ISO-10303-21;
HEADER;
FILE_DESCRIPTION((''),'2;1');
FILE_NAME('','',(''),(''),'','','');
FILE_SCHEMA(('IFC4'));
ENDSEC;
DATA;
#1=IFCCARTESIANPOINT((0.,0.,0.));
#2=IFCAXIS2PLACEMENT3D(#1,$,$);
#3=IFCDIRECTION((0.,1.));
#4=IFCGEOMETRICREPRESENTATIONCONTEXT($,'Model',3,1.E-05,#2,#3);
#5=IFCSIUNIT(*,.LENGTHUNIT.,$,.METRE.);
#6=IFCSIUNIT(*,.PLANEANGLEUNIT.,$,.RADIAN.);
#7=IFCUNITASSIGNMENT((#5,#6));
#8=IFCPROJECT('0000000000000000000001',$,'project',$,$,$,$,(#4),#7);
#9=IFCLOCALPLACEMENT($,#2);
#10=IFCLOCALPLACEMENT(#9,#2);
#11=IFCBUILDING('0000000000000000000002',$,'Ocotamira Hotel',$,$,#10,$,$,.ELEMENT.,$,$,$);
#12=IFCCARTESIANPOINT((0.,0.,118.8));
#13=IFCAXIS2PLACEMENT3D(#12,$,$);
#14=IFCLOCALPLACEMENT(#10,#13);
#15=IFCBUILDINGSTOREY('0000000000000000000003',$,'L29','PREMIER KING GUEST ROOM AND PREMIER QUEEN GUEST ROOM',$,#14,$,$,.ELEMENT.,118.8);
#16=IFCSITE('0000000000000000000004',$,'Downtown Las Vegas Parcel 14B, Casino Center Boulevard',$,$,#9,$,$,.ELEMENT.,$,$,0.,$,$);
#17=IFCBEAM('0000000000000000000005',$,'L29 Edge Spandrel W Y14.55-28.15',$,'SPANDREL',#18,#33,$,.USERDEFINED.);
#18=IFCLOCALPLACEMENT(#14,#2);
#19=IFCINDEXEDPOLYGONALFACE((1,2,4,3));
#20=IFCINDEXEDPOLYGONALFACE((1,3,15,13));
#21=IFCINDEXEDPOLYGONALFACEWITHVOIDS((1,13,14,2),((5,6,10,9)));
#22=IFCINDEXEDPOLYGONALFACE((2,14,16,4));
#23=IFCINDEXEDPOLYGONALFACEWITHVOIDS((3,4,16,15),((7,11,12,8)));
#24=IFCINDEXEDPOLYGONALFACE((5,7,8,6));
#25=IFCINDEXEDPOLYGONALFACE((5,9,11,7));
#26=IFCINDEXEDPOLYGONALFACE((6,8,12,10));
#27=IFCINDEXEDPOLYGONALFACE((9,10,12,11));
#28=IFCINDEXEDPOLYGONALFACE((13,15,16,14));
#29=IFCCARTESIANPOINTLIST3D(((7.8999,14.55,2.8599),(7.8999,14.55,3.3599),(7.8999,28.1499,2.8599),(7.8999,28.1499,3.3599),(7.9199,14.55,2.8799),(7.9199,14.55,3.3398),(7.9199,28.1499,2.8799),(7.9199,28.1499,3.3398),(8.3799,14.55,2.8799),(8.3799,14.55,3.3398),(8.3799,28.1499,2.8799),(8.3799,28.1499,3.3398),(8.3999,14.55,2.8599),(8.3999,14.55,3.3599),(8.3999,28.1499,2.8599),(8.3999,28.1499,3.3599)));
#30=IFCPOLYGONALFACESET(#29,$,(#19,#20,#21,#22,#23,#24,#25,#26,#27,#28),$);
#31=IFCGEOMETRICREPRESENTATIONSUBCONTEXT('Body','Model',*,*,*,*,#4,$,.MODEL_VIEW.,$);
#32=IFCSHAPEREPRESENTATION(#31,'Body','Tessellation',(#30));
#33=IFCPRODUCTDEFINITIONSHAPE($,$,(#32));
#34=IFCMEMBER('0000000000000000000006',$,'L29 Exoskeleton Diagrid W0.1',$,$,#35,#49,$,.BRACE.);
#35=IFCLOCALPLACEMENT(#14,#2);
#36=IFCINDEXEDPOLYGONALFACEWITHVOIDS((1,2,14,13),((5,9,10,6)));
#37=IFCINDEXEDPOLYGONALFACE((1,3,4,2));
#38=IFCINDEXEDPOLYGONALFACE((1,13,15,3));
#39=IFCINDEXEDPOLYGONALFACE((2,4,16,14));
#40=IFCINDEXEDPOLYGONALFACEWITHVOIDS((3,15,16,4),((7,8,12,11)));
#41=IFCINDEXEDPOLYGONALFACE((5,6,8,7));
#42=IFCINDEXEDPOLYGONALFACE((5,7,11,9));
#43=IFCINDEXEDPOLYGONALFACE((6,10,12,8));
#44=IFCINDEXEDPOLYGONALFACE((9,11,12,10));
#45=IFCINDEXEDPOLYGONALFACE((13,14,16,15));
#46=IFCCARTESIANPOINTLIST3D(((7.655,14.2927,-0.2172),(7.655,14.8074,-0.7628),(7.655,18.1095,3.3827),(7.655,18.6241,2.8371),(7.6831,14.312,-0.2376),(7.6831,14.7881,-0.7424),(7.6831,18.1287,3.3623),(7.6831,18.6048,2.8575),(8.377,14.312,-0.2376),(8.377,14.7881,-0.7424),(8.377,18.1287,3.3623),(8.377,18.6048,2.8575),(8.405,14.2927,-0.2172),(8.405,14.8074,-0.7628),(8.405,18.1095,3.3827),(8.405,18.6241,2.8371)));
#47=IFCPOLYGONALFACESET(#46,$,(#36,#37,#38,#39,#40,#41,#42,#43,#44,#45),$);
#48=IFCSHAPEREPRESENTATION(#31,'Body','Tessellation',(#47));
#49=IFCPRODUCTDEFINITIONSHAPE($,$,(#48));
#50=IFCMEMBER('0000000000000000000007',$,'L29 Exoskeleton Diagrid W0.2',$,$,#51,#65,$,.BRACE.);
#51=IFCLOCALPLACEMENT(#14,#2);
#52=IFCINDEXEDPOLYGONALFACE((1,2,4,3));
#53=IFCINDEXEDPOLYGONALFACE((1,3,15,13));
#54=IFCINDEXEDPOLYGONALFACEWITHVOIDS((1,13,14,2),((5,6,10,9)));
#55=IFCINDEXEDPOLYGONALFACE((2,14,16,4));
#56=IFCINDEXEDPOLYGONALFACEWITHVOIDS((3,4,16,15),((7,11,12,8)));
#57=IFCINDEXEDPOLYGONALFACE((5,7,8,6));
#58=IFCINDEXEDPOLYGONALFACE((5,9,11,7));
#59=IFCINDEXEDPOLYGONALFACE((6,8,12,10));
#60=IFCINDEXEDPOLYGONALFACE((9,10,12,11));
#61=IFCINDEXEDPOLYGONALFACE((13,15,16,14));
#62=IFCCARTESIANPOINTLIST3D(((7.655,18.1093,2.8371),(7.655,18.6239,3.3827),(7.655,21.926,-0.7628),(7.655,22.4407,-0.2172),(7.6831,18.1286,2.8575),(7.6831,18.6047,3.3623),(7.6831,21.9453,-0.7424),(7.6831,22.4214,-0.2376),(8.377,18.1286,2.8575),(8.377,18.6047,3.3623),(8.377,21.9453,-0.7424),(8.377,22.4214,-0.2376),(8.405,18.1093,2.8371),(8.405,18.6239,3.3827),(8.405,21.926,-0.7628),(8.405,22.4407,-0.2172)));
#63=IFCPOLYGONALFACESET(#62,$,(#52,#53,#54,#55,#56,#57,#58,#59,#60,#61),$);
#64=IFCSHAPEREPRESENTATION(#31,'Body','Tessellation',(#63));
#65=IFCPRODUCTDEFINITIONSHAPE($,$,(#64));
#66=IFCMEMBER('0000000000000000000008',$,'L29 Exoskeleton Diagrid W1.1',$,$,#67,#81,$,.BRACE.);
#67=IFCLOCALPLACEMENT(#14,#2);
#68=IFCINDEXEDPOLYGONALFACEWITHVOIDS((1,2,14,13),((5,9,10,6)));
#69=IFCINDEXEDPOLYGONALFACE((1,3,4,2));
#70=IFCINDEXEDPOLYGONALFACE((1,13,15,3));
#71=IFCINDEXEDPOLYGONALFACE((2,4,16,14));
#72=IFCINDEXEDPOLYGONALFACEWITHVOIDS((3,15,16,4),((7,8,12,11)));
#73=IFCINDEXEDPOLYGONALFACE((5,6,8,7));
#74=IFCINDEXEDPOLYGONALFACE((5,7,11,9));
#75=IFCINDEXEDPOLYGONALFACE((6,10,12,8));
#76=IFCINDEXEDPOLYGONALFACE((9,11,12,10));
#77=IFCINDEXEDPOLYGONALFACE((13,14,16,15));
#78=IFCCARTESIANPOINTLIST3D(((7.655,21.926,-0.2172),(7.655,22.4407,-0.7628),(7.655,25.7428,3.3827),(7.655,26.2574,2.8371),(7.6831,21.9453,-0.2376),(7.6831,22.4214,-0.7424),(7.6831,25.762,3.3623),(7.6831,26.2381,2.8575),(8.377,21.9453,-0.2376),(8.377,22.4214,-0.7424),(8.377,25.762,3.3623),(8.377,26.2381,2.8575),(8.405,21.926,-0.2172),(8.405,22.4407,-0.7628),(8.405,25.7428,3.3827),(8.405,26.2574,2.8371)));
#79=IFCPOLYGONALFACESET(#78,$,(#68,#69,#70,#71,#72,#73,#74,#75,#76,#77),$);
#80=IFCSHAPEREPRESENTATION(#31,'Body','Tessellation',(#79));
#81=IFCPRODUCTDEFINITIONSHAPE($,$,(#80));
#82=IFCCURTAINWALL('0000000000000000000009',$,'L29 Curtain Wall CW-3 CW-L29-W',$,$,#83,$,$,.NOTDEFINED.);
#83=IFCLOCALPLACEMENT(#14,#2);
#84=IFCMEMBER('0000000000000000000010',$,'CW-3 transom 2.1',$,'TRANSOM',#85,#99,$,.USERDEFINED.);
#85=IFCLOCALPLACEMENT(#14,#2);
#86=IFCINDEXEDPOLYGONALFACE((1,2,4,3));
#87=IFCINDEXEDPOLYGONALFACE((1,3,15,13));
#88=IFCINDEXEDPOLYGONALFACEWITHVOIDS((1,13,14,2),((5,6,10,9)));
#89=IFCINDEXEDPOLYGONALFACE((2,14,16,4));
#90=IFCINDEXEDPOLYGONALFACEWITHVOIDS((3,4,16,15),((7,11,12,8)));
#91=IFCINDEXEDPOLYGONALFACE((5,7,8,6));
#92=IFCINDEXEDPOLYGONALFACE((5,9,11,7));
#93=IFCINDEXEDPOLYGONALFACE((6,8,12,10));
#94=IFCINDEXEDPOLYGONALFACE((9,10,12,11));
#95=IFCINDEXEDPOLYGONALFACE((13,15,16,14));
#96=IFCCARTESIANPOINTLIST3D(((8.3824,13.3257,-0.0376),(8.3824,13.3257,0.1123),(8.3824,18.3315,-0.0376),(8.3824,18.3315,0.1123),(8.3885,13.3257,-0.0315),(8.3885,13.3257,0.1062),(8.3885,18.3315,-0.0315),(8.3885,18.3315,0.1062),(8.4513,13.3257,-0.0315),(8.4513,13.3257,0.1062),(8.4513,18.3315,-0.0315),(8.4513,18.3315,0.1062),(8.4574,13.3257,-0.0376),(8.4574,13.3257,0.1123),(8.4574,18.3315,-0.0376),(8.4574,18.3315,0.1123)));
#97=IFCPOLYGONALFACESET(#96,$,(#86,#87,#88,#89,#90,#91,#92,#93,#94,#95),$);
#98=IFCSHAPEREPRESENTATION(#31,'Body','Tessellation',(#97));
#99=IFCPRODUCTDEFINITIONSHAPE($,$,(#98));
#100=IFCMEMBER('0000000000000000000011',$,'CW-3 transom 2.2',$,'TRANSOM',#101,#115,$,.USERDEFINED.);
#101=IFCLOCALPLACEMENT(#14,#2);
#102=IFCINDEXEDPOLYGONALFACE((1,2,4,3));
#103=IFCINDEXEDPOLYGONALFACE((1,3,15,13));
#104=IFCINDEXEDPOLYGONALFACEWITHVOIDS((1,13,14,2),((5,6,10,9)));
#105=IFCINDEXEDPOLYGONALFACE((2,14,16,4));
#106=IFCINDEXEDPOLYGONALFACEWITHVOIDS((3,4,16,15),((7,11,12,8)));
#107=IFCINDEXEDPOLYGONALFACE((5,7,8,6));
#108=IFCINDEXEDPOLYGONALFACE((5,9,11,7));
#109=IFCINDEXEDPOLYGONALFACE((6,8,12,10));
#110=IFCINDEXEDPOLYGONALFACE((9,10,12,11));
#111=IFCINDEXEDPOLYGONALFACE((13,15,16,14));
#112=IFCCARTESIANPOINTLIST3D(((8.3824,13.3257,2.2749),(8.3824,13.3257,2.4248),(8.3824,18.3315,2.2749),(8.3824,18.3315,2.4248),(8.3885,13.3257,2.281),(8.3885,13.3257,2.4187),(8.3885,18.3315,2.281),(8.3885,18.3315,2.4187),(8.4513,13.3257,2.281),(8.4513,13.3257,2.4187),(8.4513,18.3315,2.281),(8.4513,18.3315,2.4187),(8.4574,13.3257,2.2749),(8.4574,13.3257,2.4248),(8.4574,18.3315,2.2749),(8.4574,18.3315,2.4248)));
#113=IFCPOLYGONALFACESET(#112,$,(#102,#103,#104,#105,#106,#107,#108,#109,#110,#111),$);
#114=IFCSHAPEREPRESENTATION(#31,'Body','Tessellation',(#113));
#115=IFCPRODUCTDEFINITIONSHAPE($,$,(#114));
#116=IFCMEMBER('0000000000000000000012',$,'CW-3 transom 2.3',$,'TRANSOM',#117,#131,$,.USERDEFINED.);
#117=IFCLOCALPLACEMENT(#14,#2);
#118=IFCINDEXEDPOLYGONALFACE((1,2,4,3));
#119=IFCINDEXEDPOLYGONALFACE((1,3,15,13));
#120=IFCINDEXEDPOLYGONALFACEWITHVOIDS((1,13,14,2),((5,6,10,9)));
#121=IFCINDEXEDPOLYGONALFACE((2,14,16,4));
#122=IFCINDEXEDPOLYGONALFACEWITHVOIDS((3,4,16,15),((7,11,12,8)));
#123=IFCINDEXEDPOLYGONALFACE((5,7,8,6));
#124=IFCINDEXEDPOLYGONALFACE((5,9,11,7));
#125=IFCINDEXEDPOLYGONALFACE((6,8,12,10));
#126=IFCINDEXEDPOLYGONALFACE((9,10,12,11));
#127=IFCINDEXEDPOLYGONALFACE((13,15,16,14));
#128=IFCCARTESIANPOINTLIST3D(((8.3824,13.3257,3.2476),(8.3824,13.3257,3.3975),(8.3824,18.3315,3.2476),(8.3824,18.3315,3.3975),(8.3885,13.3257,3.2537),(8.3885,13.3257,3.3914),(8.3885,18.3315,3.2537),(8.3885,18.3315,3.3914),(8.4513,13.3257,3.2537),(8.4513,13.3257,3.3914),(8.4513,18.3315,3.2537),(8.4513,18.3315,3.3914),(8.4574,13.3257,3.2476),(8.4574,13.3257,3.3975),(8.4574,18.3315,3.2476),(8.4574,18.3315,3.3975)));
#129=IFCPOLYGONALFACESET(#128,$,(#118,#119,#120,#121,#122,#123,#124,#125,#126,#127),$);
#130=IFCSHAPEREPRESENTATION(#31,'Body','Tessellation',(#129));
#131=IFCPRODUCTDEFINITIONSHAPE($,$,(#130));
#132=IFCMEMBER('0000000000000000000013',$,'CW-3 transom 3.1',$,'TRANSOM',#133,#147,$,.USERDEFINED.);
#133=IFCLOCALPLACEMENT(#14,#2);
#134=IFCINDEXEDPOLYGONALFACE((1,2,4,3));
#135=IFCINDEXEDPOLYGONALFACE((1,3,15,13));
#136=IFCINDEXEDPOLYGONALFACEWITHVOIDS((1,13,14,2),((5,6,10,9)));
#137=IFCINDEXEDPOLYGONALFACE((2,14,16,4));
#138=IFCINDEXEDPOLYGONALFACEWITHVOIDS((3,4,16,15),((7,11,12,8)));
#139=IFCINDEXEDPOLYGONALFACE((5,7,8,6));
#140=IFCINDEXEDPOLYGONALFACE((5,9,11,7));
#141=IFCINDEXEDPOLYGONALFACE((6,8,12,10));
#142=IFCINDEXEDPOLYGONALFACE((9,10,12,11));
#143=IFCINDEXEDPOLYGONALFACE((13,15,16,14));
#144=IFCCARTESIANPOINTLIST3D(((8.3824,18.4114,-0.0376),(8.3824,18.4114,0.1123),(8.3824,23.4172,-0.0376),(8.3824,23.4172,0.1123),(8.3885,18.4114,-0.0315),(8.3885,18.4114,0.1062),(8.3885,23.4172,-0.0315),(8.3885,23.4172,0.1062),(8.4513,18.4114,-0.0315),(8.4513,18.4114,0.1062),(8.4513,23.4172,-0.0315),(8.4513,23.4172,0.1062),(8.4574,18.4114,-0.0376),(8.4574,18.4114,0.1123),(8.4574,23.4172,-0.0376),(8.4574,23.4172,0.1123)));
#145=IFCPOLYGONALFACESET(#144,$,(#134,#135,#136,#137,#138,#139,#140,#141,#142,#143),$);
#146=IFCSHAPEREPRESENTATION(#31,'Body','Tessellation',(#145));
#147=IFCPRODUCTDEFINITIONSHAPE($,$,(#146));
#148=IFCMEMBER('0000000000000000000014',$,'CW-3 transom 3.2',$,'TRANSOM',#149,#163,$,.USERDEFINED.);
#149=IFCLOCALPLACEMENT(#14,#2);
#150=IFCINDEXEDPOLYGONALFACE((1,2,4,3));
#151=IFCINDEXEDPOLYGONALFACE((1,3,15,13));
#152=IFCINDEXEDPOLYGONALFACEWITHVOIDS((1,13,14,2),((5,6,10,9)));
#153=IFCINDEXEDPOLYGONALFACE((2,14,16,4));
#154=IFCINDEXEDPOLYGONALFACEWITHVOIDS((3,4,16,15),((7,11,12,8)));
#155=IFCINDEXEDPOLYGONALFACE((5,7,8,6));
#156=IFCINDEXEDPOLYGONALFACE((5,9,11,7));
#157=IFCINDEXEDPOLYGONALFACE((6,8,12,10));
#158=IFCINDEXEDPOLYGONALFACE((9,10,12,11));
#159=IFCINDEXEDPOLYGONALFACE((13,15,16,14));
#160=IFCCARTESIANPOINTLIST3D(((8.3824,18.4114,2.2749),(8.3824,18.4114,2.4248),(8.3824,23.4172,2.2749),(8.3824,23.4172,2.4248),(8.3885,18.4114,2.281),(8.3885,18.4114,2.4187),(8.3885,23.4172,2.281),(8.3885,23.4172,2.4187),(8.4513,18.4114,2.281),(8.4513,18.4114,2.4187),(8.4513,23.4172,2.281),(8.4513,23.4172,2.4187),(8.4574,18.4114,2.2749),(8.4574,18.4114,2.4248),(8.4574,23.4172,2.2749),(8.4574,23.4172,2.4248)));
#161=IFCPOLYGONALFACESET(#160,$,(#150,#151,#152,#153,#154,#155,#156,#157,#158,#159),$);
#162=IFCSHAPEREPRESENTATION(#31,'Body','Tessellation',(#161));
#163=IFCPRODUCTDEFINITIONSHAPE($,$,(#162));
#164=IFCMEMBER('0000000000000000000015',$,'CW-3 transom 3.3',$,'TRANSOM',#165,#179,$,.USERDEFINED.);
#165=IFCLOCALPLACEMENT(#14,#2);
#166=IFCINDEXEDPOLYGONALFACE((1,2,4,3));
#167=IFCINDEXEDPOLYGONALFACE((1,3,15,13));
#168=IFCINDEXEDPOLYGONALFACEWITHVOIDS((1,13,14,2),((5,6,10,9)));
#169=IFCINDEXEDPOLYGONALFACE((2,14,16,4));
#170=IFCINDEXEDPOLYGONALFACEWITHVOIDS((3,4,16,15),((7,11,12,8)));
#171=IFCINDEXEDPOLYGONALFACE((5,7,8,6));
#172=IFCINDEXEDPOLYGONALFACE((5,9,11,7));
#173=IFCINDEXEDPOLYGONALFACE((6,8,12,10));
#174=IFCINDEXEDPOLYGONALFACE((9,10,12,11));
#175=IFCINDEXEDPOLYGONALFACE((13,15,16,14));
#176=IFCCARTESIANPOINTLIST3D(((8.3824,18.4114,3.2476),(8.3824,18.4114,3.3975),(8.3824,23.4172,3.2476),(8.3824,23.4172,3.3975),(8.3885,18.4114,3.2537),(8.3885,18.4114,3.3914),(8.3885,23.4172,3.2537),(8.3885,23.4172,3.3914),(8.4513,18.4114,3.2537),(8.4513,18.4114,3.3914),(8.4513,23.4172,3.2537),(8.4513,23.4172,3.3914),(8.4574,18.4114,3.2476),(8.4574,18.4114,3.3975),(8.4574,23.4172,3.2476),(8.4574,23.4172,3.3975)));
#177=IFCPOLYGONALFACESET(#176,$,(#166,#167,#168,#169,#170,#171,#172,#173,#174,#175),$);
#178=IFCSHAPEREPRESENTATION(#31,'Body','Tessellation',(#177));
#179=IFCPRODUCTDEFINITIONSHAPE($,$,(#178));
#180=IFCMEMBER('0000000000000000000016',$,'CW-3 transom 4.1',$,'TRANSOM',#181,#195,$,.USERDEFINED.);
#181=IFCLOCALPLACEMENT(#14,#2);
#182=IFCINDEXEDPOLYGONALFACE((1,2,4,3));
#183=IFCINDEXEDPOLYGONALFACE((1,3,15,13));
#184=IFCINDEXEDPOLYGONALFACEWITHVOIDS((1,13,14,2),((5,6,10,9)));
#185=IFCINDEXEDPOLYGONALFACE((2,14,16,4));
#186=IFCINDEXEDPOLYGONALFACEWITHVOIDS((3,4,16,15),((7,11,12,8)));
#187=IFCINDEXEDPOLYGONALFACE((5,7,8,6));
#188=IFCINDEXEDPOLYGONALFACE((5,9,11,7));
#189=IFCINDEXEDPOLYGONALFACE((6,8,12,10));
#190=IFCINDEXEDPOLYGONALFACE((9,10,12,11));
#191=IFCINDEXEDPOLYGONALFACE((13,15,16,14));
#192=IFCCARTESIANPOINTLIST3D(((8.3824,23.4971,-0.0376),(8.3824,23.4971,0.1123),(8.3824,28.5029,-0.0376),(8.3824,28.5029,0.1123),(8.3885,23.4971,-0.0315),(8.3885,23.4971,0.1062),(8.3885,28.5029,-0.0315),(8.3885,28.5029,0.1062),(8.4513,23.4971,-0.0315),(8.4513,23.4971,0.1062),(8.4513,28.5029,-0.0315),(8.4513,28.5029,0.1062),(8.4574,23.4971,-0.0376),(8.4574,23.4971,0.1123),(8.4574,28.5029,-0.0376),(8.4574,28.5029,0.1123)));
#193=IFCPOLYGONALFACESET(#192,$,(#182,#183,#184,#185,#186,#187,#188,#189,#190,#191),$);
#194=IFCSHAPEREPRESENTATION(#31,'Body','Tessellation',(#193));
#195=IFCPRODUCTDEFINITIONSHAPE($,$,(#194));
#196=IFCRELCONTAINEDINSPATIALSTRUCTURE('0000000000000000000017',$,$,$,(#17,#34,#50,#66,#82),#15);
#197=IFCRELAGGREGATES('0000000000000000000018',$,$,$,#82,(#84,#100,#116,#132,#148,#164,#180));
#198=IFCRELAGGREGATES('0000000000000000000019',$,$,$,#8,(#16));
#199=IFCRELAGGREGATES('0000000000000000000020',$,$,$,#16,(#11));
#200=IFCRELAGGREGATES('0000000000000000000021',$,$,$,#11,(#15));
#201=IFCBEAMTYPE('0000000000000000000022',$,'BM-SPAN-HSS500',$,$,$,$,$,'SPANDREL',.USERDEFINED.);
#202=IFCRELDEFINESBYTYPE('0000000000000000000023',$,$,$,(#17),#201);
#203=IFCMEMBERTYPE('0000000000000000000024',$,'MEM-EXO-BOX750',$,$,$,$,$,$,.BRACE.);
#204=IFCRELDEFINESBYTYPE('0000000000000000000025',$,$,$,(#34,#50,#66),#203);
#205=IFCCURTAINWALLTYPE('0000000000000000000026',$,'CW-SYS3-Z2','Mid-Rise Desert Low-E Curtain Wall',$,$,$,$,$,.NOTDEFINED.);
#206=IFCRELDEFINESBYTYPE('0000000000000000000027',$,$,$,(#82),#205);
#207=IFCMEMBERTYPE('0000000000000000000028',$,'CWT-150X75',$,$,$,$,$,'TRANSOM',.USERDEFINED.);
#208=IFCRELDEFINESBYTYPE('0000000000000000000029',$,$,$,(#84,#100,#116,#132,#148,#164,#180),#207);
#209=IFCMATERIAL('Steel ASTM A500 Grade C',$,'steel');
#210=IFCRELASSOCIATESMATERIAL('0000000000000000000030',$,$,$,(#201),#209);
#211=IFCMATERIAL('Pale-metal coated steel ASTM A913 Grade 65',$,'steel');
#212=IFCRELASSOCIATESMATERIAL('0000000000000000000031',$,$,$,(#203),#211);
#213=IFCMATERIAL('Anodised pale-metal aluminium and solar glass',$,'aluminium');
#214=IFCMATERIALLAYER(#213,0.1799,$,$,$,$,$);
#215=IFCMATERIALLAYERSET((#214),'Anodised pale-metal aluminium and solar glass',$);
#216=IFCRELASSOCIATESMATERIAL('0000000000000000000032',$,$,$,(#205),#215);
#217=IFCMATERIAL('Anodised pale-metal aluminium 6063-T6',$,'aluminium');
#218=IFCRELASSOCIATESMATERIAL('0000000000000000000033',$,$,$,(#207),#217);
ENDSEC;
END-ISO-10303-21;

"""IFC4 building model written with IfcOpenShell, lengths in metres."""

from ifc_helpers import new_model, si_unit, direction, frame, origin, origin_2d, place, context, subcontext, project, spatial, hollow_rectangle, extrude, source, transform, mapped, material, layer, layer_set, material_profile, profile_set, type_object, element, aggregate, save


model = new_model("IFC4")

# Units and contexts
model_context = context("Model", 3, precision=1e-05, world=origin(), true_north=direction((0.0, 1.0)))
body_context = subcontext(model_context, "Body", "Model", "MODEL_VIEW")
ifc_project = project(units=[si_unit("LENGTHUNIT", "METRE"), si_unit("PLANEANGLEUNIT", "RADIAN")], contexts=[model_context])

# Site, building, storey
site_placement = place(None, origin())
site = spatial("IfcSite", under=ifc_project, at=site_placement, Name="Downtown Las Vegas Parcel 14B, Casino Center Boulevard", CompositionType="ELEMENT", RefElevation=0.0)
building_placement = place(site_placement, origin())
building = spatial("IfcBuilding", under=site, at=building_placement, Name="Ocotamira Hotel", CompositionType="ELEMENT")
storey_placement = place(building_placement, frame((0.0, 0.0, 118.8)))
storey = spatial("IfcBuildingStorey", under=building, at=storey_placement, Name="L29", Description="PREMIER KING GUEST ROOM AND PREMIER QUEEN GUEST ROOM", CompositionType="ELEMENT", Elevation=118.8)

# Beam
ifc_material_1 = material(Name="Steel ASTM A500 Grade C", Category="steel")
ifc_material_profile_1 = material_profile(ifc_material_1, hollow_rectangle(XDim=0.5, YDim=0.5, WallThickness=0.02, at=origin_2d()), Name="HSS500X500X20")
ifc_profile_set_1 = profile_set([ifc_material_profile_1], Name="Steel ASTM A500 Grade C")
beam_type_1 = type_object("IfcBeamType", Name="BM-SPAN-HSS500", ElementType="SPANDREL", PredefinedType="USERDEFINED", material=ifc_profile_set_1)
shared_shape_1 = source(origin(), body_context, "Body", "SweptSolid", [
    extrude(hollow_rectangle(XDim=0.5, YDim=0.5, WallThickness=0.02, at=origin_2d()), origin(), (0.0, 0.0, 1.0), 13.5999),
])
beam_1_placement = place(storey_placement, frame((8.1499, 14.55, 3.1099), z_axis=(0.0, 1.0, 0.0), x_axis=(-1.0, 0.0, 0.0)))
element("IfcBeam", 1, at=beam_1_placement, inside=storey, type_object=beam_type_1, Name="L29 Edge Spandrel W Y14.55-28.15", ObjectType="SPANDREL", PredefinedType="USERDEFINED", context=body_context, shape_type="MappedRepresentation", body=[
    mapped(shared_shape_1, transform((0.0, 0.0, 0.0), scale=1.0)),
])

# Members
ifc_material_2 = material(Name="Pale-metal coated steel ASTM A913 Grade 65", Category="steel")
ifc_material_profile_2 = material_profile(ifc_material_2, hollow_rectangle(XDim=0.75, YDim=0.75, WallThickness=0.0281, at=origin_2d()), Name="BOX750X750X28")
ifc_profile_set_2 = profile_set([ifc_material_profile_2], Name="Pale-metal coated steel ASTM A913 Grade 65")
member_type_1 = type_object("IfcMemberType", Name="MEM-EXO-BOX750", PredefinedType="BRACE", material=ifc_profile_set_2)
shared_shape_2 = source(origin(), body_context, "Body", "SweptSolid", [
    extrude(hollow_rectangle(XDim=0.75, YDim=0.75, WallThickness=0.0281, at=origin_2d()), origin(), (0.0, 0.0, 1.0), 5.2466),
])
for number, where, z_axis, x_axis, name in (
    (2, (8.03, 14.55, -0.49), (0.0, 0.727466, 0.686144), (-1.0, 0.0, 0.0), "L29 Exoskeleton Diagrid W0.1"),
    (3, (8.03, 22.1833, -0.49), (0.0, -0.727466, 0.686144), (1.0, 0.0, 0.0), "L29 Exoskeleton Diagrid W0.2"),
    (4, (8.03, 22.1833, -0.49), (0.0, 0.727466, 0.686144), (-1.0, 0.0, 0.0), "L29 Exoskeleton Diagrid W1.1"),
):
    element("IfcMember", number, at=place(storey_placement, frame(where, z_axis=z_axis, x_axis=x_axis)), inside=storey, type_object=member_type_1, Name=name, PredefinedType="BRACE", context=body_context, shape_type="MappedRepresentation", body=[
        mapped(shared_shape_2, transform((0.0, 0.0, 0.0), scale=1.0)),
    ])

# Curtain wall, members
ifc_material_3 = material(Name="Anodised pale-metal aluminium and solar glass", Category="aluminium")
ifc_layer_1 = layer(ifc_material_3, 0.1799)
ifc_layer_set_1 = layer_set([ifc_layer_1], Name="Anodised pale-metal aluminium and solar glass")
curtain_wall_type = type_object("IfcCurtainWallType", Name="CW-SYS3-Z2", Description="Mid-Rise Desert Low-E Curtain Wall", PredefinedType="NOTDEFINED", material=ifc_layer_set_1)
curtain_wall_placement = place(storey_placement, origin())
curtain_wall = element("IfcCurtainWall", 5, at=curtain_wall_placement, inside=storey, type_object=curtain_wall_type, Name="L29 Curtain Wall CW-3 CW-L29-W", PredefinedType="NOTDEFINED")
ifc_material_4 = material(Name="Anodised pale-metal aluminium 6063-T6", Category="aluminium")
ifc_material_profile_3 = material_profile(ifc_material_4, hollow_rectangle(XDim=0.075, YDim=0.1499, WallThickness=0.0061, at=origin_2d()), Name="HSS150X75X6")
ifc_profile_set_3 = profile_set([ifc_material_profile_3], Name="Anodised pale-metal aluminium 6063-T6")
member_type_2 = type_object("IfcMemberType", Name="CWT-150X75", ElementType="TRANSOM", PredefinedType="USERDEFINED", material=ifc_profile_set_3)
shared_shape_3 = source(origin(), body_context, "Body", "SweptSolid", [
    extrude(hollow_rectangle(XDim=0.075, YDim=0.1499, WallThickness=0.0061, at=origin_2d()), origin(), (0.0, 0.0, 1.0), 5.0059),
])
member_1_placement = place(storey_placement, frame((8.4199, 13.3257, 0.0374), z_axis=(0.0, 1.0, 0.0), x_axis=(-1.0, 0.0, 0.0)))
member_1 = element("IfcMember", 6, at=member_1_placement, type_object=member_type_2, Name="CW-3 transom 2.1", ObjectType="TRANSOM", PredefinedType="USERDEFINED", context=body_context, shape_type="MappedRepresentation", body=[
    mapped(shared_shape_3, transform((0.0, 0.0, 0.0), scale=1.0)),
])
member_2_placement = place(storey_placement, frame((8.4199, 13.3257, 2.3499), z_axis=(0.0, 1.0, 0.0), x_axis=(-1.0, 0.0, 0.0)))
member_2 = element("IfcMember", 7, at=member_2_placement, type_object=member_type_2, Name="CW-3 transom 2.2", ObjectType="TRANSOM", PredefinedType="USERDEFINED", context=body_context, shape_type="MappedRepresentation", body=[
    mapped(shared_shape_3, transform((0.0, 0.0, 0.0), scale=1.0)),
])
member_3_placement = place(storey_placement, frame((8.4199, 13.3257, 3.3225), z_axis=(0.0, 1.0, 0.0), x_axis=(-1.0, 0.0, 0.0)))
member_3 = element("IfcMember", 8, at=member_3_placement, type_object=member_type_2, Name="CW-3 transom 2.3", ObjectType="TRANSOM", PredefinedType="USERDEFINED", context=body_context, shape_type="MappedRepresentation", body=[
    mapped(shared_shape_3, transform((0.0, 0.0, 0.0), scale=1.0)),
])
member_4_placement = place(storey_placement, frame((8.4199, 18.4114, 0.0374), z_axis=(0.0, 1.0, 0.0), x_axis=(-1.0, 0.0, 0.0)))
member_4 = element("IfcMember", 9, at=member_4_placement, type_object=member_type_2, Name="CW-3 transom 3.1", ObjectType="TRANSOM", PredefinedType="USERDEFINED", context=body_context, shape_type="MappedRepresentation", body=[
    mapped(shared_shape_3, transform((0.0, 0.0, 0.0), scale=1.0)),
])
member_5_placement = place(storey_placement, frame((8.4199, 18.4114, 2.3499), z_axis=(0.0, 1.0, 0.0), x_axis=(-1.0, 0.0, 0.0)))
member_5 = element("IfcMember", 10, at=member_5_placement, type_object=member_type_2, Name="CW-3 transom 3.2", ObjectType="TRANSOM", PredefinedType="USERDEFINED", context=body_context, shape_type="MappedRepresentation", body=[
    mapped(shared_shape_3, transform((0.0, 0.0, 0.0), scale=1.0)),
])
member_6_placement = place(storey_placement, frame((8.4199, 18.4114, 3.3225), z_axis=(0.0, 1.0, 0.0), x_axis=(-1.0, 0.0, 0.0)))
member_6 = element("IfcMember", 11, at=member_6_placement, type_object=member_type_2, Name="CW-3 transom 3.3", ObjectType="TRANSOM", PredefinedType="USERDEFINED", context=body_context, shape_type="MappedRepresentation", body=[
    mapped(shared_shape_3, transform((0.0, 0.0, 0.0), scale=1.0)),
])
member_7_placement = place(storey_placement, frame((8.4199, 23.4971, 0.0374), z_axis=(0.0, 1.0, 0.0), x_axis=(-1.0, 0.0, 0.0)))
member_7 = element("IfcMember", 12, at=member_7_placement, type_object=member_type_2, Name="CW-3 transom 4.1", ObjectType="TRANSOM", PredefinedType="USERDEFINED", context=body_context, shape_type="MappedRepresentation", body=[
    mapped(shared_shape_3, transform((0.0, 0.0, 0.0), scale=1.0)),
])

aggregate(curtain_wall, [member_1, member_2, member_3, member_4, member_5, member_6, member_7])

save(model, "model.ifc")
